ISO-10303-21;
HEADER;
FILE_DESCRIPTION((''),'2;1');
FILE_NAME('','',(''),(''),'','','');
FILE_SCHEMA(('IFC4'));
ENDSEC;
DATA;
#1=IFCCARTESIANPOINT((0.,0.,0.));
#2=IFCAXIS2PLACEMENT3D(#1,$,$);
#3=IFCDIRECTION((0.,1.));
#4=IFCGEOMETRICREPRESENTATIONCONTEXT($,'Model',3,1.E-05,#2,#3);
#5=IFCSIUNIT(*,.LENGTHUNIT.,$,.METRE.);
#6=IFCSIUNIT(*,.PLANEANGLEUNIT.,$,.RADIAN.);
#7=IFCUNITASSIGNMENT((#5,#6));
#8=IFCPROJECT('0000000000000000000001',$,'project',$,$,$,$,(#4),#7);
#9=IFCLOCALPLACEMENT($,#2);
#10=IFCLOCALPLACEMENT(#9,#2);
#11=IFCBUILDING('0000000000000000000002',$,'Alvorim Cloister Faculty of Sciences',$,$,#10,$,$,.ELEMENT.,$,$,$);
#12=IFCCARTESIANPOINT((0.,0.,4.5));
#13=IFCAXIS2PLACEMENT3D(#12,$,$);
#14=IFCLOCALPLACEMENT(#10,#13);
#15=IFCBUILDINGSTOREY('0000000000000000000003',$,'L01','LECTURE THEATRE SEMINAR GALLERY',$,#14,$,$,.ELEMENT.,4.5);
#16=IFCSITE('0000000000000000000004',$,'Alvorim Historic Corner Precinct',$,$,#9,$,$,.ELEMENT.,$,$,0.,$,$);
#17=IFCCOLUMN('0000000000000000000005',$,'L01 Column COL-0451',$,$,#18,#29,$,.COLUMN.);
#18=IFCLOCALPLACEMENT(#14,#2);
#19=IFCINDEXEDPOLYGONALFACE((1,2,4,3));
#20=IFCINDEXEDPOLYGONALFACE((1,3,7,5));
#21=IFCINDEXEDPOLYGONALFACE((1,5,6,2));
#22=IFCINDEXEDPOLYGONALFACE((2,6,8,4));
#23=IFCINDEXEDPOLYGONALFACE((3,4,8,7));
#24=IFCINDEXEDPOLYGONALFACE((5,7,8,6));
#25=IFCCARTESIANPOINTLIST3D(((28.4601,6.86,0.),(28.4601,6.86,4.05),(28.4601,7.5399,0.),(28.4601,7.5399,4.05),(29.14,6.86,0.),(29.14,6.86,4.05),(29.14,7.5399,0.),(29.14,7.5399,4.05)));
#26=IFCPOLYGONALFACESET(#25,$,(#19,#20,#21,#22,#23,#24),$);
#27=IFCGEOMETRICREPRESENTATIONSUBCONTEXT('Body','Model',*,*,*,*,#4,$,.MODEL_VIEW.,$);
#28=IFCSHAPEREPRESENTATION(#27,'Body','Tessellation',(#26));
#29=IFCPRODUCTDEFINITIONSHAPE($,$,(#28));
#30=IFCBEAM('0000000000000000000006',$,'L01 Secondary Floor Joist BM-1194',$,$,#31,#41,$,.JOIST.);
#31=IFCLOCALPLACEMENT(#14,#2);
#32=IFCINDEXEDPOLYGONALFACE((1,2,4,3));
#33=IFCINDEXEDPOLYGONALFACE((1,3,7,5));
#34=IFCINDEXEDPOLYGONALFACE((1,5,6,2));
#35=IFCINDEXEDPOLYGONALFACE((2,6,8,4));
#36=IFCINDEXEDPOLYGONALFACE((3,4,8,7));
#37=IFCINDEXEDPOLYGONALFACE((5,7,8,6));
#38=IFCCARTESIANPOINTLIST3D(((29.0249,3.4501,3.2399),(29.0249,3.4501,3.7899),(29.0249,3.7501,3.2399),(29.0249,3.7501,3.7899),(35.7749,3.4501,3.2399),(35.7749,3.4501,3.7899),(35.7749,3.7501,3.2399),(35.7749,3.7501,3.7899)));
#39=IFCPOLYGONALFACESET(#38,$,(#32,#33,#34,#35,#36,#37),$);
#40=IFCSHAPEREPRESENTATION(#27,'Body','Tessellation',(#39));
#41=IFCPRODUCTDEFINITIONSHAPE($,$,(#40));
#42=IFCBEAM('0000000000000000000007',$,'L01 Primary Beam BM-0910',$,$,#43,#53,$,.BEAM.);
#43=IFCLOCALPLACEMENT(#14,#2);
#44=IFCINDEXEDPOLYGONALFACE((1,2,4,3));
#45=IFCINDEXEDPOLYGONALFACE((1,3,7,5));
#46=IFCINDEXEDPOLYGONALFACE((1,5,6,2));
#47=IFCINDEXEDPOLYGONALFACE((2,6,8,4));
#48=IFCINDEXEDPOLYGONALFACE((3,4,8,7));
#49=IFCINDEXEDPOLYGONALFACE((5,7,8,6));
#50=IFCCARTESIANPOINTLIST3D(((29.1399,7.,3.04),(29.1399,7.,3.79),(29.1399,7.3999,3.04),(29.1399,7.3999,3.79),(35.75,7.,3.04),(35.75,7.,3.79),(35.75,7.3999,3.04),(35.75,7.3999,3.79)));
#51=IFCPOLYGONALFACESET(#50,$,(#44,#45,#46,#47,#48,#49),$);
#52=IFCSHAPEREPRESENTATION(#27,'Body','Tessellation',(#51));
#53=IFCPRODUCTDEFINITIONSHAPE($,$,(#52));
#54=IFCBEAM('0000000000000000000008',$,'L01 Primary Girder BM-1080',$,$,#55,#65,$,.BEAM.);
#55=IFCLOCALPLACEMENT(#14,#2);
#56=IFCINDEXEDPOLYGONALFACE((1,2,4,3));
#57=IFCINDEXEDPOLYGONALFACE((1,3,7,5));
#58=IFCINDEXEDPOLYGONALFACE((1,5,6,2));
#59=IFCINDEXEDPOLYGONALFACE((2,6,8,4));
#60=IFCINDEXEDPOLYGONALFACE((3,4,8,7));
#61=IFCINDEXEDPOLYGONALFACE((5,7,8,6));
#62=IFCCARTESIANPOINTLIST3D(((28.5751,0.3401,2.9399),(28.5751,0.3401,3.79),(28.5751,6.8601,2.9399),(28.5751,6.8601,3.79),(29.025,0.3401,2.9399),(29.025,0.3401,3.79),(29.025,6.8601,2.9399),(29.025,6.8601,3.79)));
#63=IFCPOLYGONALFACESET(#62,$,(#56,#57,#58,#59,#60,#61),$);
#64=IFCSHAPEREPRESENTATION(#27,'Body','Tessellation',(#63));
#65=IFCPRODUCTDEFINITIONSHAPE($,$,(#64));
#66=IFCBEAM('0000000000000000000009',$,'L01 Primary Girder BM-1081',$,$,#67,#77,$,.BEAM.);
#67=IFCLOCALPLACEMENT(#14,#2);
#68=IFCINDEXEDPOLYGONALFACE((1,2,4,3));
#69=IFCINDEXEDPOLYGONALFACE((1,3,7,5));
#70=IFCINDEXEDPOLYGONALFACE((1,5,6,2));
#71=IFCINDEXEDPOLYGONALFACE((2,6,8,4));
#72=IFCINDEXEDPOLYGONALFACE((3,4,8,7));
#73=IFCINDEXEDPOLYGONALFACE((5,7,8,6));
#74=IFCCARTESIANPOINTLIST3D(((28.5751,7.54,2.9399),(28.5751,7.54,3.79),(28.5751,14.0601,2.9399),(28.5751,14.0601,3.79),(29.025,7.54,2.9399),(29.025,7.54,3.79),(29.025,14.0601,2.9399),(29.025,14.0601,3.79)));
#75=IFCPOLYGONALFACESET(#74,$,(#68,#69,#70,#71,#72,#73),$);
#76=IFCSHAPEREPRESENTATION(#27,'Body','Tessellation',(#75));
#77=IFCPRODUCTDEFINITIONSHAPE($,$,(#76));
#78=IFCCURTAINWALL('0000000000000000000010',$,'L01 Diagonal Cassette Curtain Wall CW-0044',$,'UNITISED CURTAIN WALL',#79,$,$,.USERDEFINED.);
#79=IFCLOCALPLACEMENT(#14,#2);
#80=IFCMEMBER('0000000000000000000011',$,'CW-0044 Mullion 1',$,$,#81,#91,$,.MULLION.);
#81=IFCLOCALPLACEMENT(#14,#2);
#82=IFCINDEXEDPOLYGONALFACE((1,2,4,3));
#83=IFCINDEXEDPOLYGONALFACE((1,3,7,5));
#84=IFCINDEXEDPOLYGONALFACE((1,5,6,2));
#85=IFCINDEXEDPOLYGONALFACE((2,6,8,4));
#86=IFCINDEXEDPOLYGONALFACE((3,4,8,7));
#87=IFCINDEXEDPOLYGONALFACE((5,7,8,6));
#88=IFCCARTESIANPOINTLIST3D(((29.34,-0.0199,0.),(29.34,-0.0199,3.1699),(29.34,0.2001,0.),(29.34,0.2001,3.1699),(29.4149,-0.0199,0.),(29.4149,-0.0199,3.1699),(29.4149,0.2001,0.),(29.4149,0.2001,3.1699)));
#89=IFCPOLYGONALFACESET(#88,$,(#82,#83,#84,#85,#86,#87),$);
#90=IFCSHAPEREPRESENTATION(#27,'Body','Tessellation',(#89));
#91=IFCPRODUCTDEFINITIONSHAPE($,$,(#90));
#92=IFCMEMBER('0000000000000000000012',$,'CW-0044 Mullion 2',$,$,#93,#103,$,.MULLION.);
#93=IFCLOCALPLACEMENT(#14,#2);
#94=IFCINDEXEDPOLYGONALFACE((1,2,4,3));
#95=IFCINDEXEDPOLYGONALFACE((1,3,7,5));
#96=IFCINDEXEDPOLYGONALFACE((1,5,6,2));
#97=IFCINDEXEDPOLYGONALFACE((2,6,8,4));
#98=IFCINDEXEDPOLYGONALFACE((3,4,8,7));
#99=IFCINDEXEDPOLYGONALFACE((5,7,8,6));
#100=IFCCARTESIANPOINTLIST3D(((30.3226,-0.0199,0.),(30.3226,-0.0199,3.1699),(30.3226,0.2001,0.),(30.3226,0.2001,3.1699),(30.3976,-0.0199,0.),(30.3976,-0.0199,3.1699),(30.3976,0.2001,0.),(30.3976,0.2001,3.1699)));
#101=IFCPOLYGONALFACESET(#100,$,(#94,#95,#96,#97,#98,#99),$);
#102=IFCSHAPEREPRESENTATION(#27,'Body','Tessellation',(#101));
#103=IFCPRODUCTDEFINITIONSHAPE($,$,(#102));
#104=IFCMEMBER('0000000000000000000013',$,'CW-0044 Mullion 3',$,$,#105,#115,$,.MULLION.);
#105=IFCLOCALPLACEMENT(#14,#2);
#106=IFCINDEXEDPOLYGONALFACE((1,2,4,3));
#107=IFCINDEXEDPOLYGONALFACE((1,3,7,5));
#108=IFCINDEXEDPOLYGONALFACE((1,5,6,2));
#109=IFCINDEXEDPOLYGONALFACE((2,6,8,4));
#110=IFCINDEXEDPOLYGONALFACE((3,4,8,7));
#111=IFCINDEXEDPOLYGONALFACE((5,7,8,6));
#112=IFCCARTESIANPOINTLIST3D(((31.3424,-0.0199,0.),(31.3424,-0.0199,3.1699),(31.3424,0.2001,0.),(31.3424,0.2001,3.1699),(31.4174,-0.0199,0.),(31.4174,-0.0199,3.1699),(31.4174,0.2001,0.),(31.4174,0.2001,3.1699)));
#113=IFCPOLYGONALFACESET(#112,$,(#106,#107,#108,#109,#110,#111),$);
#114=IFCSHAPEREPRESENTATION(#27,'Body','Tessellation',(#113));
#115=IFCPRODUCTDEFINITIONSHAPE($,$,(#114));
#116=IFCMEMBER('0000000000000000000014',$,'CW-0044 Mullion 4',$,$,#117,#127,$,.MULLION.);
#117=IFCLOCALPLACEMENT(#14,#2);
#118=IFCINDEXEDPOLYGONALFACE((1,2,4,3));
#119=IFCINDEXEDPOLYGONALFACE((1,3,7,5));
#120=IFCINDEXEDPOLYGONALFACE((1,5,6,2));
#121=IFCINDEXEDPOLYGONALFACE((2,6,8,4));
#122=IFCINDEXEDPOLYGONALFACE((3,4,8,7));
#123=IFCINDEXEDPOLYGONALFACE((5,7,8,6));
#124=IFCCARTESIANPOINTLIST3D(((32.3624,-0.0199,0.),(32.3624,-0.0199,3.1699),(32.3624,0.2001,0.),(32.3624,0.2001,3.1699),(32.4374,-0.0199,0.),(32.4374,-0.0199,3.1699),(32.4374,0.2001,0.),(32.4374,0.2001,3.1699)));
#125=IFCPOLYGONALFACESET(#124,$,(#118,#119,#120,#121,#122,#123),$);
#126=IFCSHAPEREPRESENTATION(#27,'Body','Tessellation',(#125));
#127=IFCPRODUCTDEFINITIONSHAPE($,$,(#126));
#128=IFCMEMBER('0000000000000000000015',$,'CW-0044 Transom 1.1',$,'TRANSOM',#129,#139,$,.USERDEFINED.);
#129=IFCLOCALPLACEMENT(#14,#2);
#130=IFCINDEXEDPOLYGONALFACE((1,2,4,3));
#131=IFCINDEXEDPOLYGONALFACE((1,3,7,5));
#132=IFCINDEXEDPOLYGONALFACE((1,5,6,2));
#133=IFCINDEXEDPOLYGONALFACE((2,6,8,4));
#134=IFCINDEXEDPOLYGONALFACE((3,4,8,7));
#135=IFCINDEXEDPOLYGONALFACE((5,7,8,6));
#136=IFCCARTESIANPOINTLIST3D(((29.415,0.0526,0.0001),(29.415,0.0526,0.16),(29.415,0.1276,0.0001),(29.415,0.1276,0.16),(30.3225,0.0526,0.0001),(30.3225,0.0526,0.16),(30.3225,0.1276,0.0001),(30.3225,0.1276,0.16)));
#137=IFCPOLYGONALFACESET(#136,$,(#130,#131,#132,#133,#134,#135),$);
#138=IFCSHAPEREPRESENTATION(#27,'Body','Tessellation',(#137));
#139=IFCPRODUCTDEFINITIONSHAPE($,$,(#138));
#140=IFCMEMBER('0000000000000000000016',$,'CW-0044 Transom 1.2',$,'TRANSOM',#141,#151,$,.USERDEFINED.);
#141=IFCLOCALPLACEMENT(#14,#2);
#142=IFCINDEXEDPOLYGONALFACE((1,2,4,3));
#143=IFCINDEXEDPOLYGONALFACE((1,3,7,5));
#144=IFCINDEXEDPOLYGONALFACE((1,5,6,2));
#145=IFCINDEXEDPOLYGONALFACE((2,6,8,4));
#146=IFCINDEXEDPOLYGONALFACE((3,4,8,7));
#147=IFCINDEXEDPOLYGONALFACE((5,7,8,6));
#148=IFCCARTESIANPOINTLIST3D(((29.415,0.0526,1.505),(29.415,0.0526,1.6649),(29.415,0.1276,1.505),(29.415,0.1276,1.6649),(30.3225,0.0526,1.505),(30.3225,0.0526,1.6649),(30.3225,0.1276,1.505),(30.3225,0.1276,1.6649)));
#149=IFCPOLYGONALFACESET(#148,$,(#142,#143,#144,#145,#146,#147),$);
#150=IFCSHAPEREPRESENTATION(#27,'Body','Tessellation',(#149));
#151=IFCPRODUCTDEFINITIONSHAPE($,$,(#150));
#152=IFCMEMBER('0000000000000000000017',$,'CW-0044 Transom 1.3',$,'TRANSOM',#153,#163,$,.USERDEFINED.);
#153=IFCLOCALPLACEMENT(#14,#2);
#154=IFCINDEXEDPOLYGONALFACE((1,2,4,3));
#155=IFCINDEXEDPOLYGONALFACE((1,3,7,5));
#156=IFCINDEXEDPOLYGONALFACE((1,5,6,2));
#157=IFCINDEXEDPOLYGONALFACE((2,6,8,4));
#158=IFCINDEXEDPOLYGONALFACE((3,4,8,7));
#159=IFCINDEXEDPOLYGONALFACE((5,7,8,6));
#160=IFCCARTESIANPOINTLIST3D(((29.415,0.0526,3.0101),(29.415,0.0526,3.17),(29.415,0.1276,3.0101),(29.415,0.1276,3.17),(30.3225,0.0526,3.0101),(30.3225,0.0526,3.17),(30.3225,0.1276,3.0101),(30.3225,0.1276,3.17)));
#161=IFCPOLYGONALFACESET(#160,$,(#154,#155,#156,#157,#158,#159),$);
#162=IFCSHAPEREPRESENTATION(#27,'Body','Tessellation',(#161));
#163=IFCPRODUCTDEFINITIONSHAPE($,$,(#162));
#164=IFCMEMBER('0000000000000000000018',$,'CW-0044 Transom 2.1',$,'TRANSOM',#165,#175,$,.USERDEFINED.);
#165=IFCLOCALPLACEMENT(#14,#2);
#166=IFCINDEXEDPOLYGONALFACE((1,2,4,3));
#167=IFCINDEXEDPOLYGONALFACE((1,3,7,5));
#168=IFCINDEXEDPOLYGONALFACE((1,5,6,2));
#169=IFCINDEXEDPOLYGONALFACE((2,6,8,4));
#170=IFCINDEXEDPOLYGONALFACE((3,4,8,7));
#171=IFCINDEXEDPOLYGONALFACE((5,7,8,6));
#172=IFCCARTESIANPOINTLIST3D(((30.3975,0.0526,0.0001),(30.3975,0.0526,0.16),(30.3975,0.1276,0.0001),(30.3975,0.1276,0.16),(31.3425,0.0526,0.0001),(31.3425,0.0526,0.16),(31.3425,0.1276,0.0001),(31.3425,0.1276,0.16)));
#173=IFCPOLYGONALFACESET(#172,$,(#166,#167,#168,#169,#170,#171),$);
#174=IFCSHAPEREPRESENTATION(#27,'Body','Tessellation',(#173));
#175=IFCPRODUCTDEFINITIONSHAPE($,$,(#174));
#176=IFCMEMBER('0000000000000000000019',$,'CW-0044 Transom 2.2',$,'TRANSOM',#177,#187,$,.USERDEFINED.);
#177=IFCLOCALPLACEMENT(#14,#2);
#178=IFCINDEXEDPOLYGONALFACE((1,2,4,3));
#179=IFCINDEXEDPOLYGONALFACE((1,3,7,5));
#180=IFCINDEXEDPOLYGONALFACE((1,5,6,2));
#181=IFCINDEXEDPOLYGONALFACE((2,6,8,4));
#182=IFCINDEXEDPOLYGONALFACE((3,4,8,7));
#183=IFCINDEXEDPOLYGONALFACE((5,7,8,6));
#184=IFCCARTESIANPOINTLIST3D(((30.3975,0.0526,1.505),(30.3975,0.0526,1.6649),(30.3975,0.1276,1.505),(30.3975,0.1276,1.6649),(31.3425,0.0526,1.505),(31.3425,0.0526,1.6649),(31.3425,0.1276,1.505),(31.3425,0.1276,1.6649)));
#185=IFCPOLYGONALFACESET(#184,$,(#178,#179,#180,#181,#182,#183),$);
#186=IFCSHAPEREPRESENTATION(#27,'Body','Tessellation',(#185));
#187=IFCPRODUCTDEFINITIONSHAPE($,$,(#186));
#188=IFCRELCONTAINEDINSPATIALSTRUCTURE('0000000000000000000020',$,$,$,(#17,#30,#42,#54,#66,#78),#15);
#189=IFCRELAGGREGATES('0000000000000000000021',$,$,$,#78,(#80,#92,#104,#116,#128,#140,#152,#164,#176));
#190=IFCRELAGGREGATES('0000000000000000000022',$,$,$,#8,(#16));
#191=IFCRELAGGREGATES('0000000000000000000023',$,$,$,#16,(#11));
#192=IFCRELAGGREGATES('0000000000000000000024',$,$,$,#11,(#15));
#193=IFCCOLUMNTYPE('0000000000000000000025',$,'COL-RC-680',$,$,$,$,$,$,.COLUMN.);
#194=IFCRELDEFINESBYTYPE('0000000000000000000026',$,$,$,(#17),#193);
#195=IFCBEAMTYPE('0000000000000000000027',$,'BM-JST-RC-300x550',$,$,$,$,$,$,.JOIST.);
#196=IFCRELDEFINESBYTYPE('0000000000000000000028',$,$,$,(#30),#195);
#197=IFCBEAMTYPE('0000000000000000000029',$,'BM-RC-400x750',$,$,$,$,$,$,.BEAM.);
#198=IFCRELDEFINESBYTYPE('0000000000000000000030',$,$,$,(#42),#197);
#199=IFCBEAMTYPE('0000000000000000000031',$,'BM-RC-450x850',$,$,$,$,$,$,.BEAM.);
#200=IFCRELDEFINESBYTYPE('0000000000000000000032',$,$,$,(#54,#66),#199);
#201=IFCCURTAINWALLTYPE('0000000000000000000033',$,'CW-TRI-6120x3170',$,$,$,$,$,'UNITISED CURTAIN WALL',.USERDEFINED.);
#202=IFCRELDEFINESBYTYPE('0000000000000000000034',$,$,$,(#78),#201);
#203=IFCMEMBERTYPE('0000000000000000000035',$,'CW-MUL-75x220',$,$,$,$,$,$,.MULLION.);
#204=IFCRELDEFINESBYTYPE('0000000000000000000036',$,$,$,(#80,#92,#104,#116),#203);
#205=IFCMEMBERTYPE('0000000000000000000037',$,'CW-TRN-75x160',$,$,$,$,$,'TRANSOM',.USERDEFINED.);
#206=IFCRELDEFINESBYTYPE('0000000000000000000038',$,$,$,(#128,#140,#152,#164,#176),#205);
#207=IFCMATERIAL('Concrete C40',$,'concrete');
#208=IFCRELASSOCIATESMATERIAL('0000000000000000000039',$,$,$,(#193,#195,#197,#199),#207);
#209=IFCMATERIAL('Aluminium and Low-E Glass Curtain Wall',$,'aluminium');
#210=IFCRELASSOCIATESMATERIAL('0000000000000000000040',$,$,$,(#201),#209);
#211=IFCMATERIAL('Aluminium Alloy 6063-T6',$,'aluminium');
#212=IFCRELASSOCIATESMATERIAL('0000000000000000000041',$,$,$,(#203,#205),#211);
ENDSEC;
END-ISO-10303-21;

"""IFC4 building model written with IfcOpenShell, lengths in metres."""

from ifc_helpers import new_model, si_unit, direction, frame, origin, origin_2d, place, context, subcontext, project, spatial, rectangle, extrude, material, material_profile, profile_set, type_object, element, aggregate, save


model = new_model("IFC4")

# Units and contexts
model_context = context("Model", 3, precision=1e-05, world=origin(), true_north=direction((0.0, 1.0)))
body_context = subcontext(model_context, "Body", "Model", "MODEL_VIEW")
ifc_project = project(units=[si_unit("LENGTHUNIT", "METRE"), si_unit("PLANEANGLEUNIT", "RADIAN")], contexts=[model_context])

# Site, building, storey
site_placement = place(None, origin())
site = spatial("IfcSite", under=ifc_project, at=site_placement, Name="Alvorim Historic Corner Precinct", CompositionType="ELEMENT", RefElevation=0.0)
building_placement = place(site_placement, origin())
building = spatial("IfcBuilding", under=site, at=building_placement, Name="Alvorim Cloister Faculty of Sciences", CompositionType="ELEMENT")
storey_placement = place(building_placement, frame((0.0, 0.0, 4.5)))
storey = spatial("IfcBuildingStorey", under=building, at=storey_placement, Name="L01", Description="LECTURE THEATRE SEMINAR GALLERY", CompositionType="ELEMENT", Elevation=4.5)

# Column
ifc_material_1 = material(Name="Concrete C40", Category="concrete")
ifc_material_profile_1 = material_profile(ifc_material_1, rectangle(XDim=0.6799, YDim=0.6799, at=origin_2d()), Name="RC40-COL-680x680")
ifc_profile_set_1 = profile_set([ifc_material_profile_1], Name="Concrete C40")
column_type = type_object("IfcColumnType", Name="COL-RC-680", PredefinedType="COLUMN", material=ifc_profile_set_1)
column_placement = place(storey_placement, frame((28.8, 7.2, 0.0), z_axis=(0.0, 0.0, 1.0), x_axis=(1.0, 0.0, 0.0)))
element("IfcColumn", 1, at=column_placement, inside=storey, type_object=column_type, Name="L01 Column COL-0451", PredefinedType="COLUMN", context=body_context, shape_type="SweptSolid", body=[
    extrude(rectangle(XDim=0.6799, YDim=0.6799, at=origin_2d()), origin(), (0.0, 0.0, 1.0), 4.05),
])

# Beams
ifc_material_profile_2 = material_profile(ifc_material_1, rectangle(XDim=0.3, YDim=0.55, at=origin_2d()), Name="RC40-JST-300x550")
ifc_profile_set_2 = profile_set([ifc_material_profile_2], Name="Concrete C40")
beam_type_1 = type_object("IfcBeamType", Name="BM-JST-RC-300x550", PredefinedType="JOIST", material=ifc_profile_set_2)
beam_1_placement = place(storey_placement, frame((29.0249, 3.6001, 3.5149), z_axis=(1.0, 0.0, 0.0), x_axis=(0.0, 1.0, 0.0)))
element("IfcBeam", 2, at=beam_1_placement, inside=storey, type_object=beam_type_1, Name="L01 Secondary Floor Joist BM-1194", PredefinedType="JOIST", context=body_context, shape_type="SweptSolid", body=[
    extrude(rectangle(XDim=0.3, YDim=0.55, at=origin_2d()), origin(), (0.0, 0.0, 1.0), 6.75),
])
ifc_material_profile_3 = material_profile(ifc_material_1, rectangle(XDim=0.3999, YDim=0.75, at=origin_2d()), Name="RC40-BM-400x750")
ifc_profile_set_3 = profile_set([ifc_material_profile_3], Name="Concrete C40")
beam_type_2 = type_object("IfcBeamType", Name="BM-RC-400x750", PredefinedType="BEAM", material=ifc_profile_set_3)
beam_2_placement = place(storey_placement, frame((29.1399, 7.2, 3.415), z_axis=(1.0, 0.0, 0.0), x_axis=(0.0, 1.0, 0.0)))
element("IfcBeam", 3, at=beam_2_placement, inside=storey, type_object=beam_type_2, Name="L01 Primary Beam BM-0910", PredefinedType="BEAM", context=body_context, shape_type="SweptSolid", body=[
    extrude(rectangle(XDim=0.3999, YDim=0.75, at=origin_2d()), origin(), (0.0, 0.0, 1.0), 6.6101),
])
ifc_material_profile_4 = material_profile(ifc_material_1, rectangle(XDim=0.45, YDim=0.8501, at=origin_2d()), Name="RC40-BM-450x850")
ifc_profile_set_4 = profile_set([ifc_material_profile_4], Name="Concrete C40")
beam_type_3 = type_object("IfcBeamType", Name="BM-RC-450x850", PredefinedType="BEAM", material=ifc_profile_set_4)
for number, where, z_axis, x_axis, name in (
    (4, (28.8, 0.3401, 3.365), (0.0, 1.0, 0.0), (-1.0, 0.0, 0.0), "L01 Primary Girder BM-1080"),
    (5, (28.8, 7.54, 3.365), (0.0, 1.0, 0.0), (-1.0, 0.0, 0.0), "L01 Primary Girder BM-1081"),
):
    element("IfcBeam", number, at=place(storey_placement, frame(where, z_axis=z_axis, x_axis=x_axis)), inside=storey, type_object=beam_type_3, Name=name, PredefinedType="BEAM", context=body_context, shape_type="SweptSolid", body=[
        extrude(rectangle(XDim=0.45, YDim=0.8501, at=origin_2d()), origin(), (0.0, 0.0, 1.0), 6.52),
    ])

# Curtain wall, members
ifc_material_2 = material(Name="Aluminium and Low-E Glass Curtain Wall", Category="aluminium")
curtain_wall_type = type_object("IfcCurtainWallType", Name="CW-TRI-6120x3170", ElementType="UNITISED CURTAIN WALL", PredefinedType="USERDEFINED", material=ifc_material_2)
curtain_wall_placement = place(storey_placement, origin())
curtain_wall = element("IfcCurtainWall", 6, at=curtain_wall_placement, inside=storey, type_object=curtain_wall_type, Name="L01 Diagonal Cassette Curtain Wall CW-0044", ObjectType="UNITISED CURTAIN WALL", PredefinedType="USERDEFINED")
ifc_material_3 = material(Name="Aluminium Alloy 6063-T6", Category="aluminium")
ifc_material_profile_5 = material_profile(ifc_material_3, rectangle(XDim=0.075, YDim=0.22, at=origin_2d()), Name="ALU-MUL-75x220")
ifc_profile_set_5 = profile_set([ifc_material_profile_5], Name="Aluminium Alloy 6063-T6")
member_type_1 = type_object("IfcMemberType", Name="CW-MUL-75x220", PredefinedType="MULLION", material=ifc_profile_set_5)
member_1_placement = place(storey_placement, frame((29.3774, 0.0901, 0.0), z_axis=(0.0, 0.0, 1.0), x_axis=(1.0, 0.0, 0.0)))
member_1 = element("IfcMember", 7, at=member_1_placement, type_object=member_type_1, Name="CW-0044 Mullion 1", PredefinedType="MULLION", context=body_context, shape_type="SweptSolid", body=[
    extrude(rectangle(XDim=0.075, YDim=0.22, at=origin_2d()), origin(), (0.0, 0.0, 1.0), 3.1699),
])
member_2_placement = place(storey_placement, frame((30.3601, 0.0901, 0.0), z_axis=(0.0, 0.0, 1.0), x_axis=(1.0, 0.0, 0.0)))
member_2 = element("IfcMember", 8, at=member_2_placement, type_object=member_type_1, Name="CW-0044 Mullion 2", PredefinedType="MULLION", context=body_context, shape_type="SweptSolid", body=[
    extrude(rectangle(XDim=0.075, YDim=0.22, at=origin_2d()), origin(), (0.0, 0.0, 1.0), 3.1699),
])
member_3_placement = place(storey_placement, frame((31.3799, 0.0901, 0.0), z_axis=(0.0, 0.0, 1.0), x_axis=(1.0, 0.0, 0.0)))
member_3 = element("IfcMember", 9, at=member_3_placement, type_object=member_type_1, Name="CW-0044 Mullion 3", PredefinedType="MULLION", context=body_context, shape_type="SweptSolid", body=[
    extrude(rectangle(XDim=0.075, YDim=0.22, at=origin_2d()), origin(), (0.0, 0.0, 1.0), 3.1699),
])
member_4_placement = place(storey_placement, frame((32.3999, 0.0901, 0.0), z_axis=(0.0, 0.0, 1.0), x_axis=(1.0, 0.0, 0.0)))
member_4 = element("IfcMember", 10, at=member_4_placement, type_object=member_type_1, Name="CW-0044 Mullion 4", PredefinedType="MULLION", context=body_context, shape_type="SweptSolid", body=[
    extrude(rectangle(XDim=0.075, YDim=0.22, at=origin_2d()), origin(), (0.0, 0.0, 1.0), 3.1699),
])
ifc_material_profile_6 = material_profile(ifc_material_3, rectangle(XDim=0.075, YDim=0.1599, at=origin_2d()), Name="ALU-TRN-75x160")
ifc_profile_set_6 = profile_set([ifc_material_profile_6], Name="Aluminium Alloy 6063-T6")
member_type_2 = type_object("IfcMemberType", Name="CW-TRN-75x160", ElementType="TRANSOM", PredefinedType="USERDEFINED", material=ifc_profile_set_6)
member_5_placement = place(storey_placement, frame((29.415, 0.0901, 0.0801), z_axis=(1.0, 0.0, 0.0), x_axis=(0.0, 1.0, 0.0)))
member_5 = element("IfcMember", 11, at=member_5_placement, type_object=member_type_2, Name="CW-0044 Transom 1.1", ObjectType="TRANSOM", PredefinedType="USERDEFINED", context=body_context, shape_type="SweptSolid", body=[
    extrude(rectangle(XDim=0.075, YDim=0.1599, at=origin_2d()), origin(), (0.0, 0.0, 1.0), 0.9075),
])
member_6_placement = place(storey_placement, frame((29.415, 0.0901, 1.585), z_axis=(1.0, 0.0, 0.0), x_axis=(0.0, 1.0, 0.0)))
member_6 = element("IfcMember", 12, at=member_6_placement, type_object=member_type_2, Name="CW-0044 Transom 1.2", ObjectType="TRANSOM", PredefinedType="USERDEFINED", context=body_context, shape_type="SweptSolid", body=[
    extrude(rectangle(XDim=0.075, YDim=0.1599, at=origin_2d()), origin(), (0.0, 0.0, 1.0), 0.9075),
])
member_7_placement = place(storey_placement, frame((29.415, 0.0901, 3.0901), z_axis=(1.0, 0.0, 0.0), x_axis=(0.0, 1.0, 0.0)))
member_7 = element("IfcMember", 13, at=member_7_placement, type_object=member_type_2, Name="CW-0044 Transom 1.3", ObjectType="TRANSOM", PredefinedType="USERDEFINED", context=body_context, shape_type="SweptSolid", body=[
    extrude(rectangle(XDim=0.075, YDim=0.1599, at=origin_2d()), origin(), (0.0, 0.0, 1.0), 0.9075),
])
member_8_placement = place(storey_placement, frame((30.3975, 0.0901, 0.0801), z_axis=(1.0, 0.0, 0.0), x_axis=(0.0, 1.0, 0.0)))
member_8 = element("IfcMember", 14, at=member_8_placement, type_object=member_type_2, Name="CW-0044 Transom 2.1", ObjectType="TRANSOM", PredefinedType="USERDEFINED", context=body_context, shape_type="SweptSolid", body=[
    extrude(rectangle(XDim=0.075, YDim=0.1599, at=origin_2d()), origin(), (0.0, 0.0, 1.0), 0.9451),
])
member_9_placement = place(storey_placement, frame((30.3975, 0.0901, 1.585), z_axis=(1.0, 0.0, 0.0), x_axis=(0.0, 1.0, 0.0)))
member_9 = element("IfcMember", 15, at=member_9_placement, type_object=member_type_2, Name="CW-0044 Transom 2.2", ObjectType="TRANSOM", PredefinedType="USERDEFINED", context=body_context, shape_type="SweptSolid", body=[
    extrude(rectangle(XDim=0.075, YDim=0.1599, at=origin_2d()), origin(), (0.0, 0.0, 1.0), 0.9451),
])
aggregate(curtain_wall, [member_1, member_2, member_3, member_4, member_5, member_6, member_7, member_8, member_9])

save(model, "model.ifc")
